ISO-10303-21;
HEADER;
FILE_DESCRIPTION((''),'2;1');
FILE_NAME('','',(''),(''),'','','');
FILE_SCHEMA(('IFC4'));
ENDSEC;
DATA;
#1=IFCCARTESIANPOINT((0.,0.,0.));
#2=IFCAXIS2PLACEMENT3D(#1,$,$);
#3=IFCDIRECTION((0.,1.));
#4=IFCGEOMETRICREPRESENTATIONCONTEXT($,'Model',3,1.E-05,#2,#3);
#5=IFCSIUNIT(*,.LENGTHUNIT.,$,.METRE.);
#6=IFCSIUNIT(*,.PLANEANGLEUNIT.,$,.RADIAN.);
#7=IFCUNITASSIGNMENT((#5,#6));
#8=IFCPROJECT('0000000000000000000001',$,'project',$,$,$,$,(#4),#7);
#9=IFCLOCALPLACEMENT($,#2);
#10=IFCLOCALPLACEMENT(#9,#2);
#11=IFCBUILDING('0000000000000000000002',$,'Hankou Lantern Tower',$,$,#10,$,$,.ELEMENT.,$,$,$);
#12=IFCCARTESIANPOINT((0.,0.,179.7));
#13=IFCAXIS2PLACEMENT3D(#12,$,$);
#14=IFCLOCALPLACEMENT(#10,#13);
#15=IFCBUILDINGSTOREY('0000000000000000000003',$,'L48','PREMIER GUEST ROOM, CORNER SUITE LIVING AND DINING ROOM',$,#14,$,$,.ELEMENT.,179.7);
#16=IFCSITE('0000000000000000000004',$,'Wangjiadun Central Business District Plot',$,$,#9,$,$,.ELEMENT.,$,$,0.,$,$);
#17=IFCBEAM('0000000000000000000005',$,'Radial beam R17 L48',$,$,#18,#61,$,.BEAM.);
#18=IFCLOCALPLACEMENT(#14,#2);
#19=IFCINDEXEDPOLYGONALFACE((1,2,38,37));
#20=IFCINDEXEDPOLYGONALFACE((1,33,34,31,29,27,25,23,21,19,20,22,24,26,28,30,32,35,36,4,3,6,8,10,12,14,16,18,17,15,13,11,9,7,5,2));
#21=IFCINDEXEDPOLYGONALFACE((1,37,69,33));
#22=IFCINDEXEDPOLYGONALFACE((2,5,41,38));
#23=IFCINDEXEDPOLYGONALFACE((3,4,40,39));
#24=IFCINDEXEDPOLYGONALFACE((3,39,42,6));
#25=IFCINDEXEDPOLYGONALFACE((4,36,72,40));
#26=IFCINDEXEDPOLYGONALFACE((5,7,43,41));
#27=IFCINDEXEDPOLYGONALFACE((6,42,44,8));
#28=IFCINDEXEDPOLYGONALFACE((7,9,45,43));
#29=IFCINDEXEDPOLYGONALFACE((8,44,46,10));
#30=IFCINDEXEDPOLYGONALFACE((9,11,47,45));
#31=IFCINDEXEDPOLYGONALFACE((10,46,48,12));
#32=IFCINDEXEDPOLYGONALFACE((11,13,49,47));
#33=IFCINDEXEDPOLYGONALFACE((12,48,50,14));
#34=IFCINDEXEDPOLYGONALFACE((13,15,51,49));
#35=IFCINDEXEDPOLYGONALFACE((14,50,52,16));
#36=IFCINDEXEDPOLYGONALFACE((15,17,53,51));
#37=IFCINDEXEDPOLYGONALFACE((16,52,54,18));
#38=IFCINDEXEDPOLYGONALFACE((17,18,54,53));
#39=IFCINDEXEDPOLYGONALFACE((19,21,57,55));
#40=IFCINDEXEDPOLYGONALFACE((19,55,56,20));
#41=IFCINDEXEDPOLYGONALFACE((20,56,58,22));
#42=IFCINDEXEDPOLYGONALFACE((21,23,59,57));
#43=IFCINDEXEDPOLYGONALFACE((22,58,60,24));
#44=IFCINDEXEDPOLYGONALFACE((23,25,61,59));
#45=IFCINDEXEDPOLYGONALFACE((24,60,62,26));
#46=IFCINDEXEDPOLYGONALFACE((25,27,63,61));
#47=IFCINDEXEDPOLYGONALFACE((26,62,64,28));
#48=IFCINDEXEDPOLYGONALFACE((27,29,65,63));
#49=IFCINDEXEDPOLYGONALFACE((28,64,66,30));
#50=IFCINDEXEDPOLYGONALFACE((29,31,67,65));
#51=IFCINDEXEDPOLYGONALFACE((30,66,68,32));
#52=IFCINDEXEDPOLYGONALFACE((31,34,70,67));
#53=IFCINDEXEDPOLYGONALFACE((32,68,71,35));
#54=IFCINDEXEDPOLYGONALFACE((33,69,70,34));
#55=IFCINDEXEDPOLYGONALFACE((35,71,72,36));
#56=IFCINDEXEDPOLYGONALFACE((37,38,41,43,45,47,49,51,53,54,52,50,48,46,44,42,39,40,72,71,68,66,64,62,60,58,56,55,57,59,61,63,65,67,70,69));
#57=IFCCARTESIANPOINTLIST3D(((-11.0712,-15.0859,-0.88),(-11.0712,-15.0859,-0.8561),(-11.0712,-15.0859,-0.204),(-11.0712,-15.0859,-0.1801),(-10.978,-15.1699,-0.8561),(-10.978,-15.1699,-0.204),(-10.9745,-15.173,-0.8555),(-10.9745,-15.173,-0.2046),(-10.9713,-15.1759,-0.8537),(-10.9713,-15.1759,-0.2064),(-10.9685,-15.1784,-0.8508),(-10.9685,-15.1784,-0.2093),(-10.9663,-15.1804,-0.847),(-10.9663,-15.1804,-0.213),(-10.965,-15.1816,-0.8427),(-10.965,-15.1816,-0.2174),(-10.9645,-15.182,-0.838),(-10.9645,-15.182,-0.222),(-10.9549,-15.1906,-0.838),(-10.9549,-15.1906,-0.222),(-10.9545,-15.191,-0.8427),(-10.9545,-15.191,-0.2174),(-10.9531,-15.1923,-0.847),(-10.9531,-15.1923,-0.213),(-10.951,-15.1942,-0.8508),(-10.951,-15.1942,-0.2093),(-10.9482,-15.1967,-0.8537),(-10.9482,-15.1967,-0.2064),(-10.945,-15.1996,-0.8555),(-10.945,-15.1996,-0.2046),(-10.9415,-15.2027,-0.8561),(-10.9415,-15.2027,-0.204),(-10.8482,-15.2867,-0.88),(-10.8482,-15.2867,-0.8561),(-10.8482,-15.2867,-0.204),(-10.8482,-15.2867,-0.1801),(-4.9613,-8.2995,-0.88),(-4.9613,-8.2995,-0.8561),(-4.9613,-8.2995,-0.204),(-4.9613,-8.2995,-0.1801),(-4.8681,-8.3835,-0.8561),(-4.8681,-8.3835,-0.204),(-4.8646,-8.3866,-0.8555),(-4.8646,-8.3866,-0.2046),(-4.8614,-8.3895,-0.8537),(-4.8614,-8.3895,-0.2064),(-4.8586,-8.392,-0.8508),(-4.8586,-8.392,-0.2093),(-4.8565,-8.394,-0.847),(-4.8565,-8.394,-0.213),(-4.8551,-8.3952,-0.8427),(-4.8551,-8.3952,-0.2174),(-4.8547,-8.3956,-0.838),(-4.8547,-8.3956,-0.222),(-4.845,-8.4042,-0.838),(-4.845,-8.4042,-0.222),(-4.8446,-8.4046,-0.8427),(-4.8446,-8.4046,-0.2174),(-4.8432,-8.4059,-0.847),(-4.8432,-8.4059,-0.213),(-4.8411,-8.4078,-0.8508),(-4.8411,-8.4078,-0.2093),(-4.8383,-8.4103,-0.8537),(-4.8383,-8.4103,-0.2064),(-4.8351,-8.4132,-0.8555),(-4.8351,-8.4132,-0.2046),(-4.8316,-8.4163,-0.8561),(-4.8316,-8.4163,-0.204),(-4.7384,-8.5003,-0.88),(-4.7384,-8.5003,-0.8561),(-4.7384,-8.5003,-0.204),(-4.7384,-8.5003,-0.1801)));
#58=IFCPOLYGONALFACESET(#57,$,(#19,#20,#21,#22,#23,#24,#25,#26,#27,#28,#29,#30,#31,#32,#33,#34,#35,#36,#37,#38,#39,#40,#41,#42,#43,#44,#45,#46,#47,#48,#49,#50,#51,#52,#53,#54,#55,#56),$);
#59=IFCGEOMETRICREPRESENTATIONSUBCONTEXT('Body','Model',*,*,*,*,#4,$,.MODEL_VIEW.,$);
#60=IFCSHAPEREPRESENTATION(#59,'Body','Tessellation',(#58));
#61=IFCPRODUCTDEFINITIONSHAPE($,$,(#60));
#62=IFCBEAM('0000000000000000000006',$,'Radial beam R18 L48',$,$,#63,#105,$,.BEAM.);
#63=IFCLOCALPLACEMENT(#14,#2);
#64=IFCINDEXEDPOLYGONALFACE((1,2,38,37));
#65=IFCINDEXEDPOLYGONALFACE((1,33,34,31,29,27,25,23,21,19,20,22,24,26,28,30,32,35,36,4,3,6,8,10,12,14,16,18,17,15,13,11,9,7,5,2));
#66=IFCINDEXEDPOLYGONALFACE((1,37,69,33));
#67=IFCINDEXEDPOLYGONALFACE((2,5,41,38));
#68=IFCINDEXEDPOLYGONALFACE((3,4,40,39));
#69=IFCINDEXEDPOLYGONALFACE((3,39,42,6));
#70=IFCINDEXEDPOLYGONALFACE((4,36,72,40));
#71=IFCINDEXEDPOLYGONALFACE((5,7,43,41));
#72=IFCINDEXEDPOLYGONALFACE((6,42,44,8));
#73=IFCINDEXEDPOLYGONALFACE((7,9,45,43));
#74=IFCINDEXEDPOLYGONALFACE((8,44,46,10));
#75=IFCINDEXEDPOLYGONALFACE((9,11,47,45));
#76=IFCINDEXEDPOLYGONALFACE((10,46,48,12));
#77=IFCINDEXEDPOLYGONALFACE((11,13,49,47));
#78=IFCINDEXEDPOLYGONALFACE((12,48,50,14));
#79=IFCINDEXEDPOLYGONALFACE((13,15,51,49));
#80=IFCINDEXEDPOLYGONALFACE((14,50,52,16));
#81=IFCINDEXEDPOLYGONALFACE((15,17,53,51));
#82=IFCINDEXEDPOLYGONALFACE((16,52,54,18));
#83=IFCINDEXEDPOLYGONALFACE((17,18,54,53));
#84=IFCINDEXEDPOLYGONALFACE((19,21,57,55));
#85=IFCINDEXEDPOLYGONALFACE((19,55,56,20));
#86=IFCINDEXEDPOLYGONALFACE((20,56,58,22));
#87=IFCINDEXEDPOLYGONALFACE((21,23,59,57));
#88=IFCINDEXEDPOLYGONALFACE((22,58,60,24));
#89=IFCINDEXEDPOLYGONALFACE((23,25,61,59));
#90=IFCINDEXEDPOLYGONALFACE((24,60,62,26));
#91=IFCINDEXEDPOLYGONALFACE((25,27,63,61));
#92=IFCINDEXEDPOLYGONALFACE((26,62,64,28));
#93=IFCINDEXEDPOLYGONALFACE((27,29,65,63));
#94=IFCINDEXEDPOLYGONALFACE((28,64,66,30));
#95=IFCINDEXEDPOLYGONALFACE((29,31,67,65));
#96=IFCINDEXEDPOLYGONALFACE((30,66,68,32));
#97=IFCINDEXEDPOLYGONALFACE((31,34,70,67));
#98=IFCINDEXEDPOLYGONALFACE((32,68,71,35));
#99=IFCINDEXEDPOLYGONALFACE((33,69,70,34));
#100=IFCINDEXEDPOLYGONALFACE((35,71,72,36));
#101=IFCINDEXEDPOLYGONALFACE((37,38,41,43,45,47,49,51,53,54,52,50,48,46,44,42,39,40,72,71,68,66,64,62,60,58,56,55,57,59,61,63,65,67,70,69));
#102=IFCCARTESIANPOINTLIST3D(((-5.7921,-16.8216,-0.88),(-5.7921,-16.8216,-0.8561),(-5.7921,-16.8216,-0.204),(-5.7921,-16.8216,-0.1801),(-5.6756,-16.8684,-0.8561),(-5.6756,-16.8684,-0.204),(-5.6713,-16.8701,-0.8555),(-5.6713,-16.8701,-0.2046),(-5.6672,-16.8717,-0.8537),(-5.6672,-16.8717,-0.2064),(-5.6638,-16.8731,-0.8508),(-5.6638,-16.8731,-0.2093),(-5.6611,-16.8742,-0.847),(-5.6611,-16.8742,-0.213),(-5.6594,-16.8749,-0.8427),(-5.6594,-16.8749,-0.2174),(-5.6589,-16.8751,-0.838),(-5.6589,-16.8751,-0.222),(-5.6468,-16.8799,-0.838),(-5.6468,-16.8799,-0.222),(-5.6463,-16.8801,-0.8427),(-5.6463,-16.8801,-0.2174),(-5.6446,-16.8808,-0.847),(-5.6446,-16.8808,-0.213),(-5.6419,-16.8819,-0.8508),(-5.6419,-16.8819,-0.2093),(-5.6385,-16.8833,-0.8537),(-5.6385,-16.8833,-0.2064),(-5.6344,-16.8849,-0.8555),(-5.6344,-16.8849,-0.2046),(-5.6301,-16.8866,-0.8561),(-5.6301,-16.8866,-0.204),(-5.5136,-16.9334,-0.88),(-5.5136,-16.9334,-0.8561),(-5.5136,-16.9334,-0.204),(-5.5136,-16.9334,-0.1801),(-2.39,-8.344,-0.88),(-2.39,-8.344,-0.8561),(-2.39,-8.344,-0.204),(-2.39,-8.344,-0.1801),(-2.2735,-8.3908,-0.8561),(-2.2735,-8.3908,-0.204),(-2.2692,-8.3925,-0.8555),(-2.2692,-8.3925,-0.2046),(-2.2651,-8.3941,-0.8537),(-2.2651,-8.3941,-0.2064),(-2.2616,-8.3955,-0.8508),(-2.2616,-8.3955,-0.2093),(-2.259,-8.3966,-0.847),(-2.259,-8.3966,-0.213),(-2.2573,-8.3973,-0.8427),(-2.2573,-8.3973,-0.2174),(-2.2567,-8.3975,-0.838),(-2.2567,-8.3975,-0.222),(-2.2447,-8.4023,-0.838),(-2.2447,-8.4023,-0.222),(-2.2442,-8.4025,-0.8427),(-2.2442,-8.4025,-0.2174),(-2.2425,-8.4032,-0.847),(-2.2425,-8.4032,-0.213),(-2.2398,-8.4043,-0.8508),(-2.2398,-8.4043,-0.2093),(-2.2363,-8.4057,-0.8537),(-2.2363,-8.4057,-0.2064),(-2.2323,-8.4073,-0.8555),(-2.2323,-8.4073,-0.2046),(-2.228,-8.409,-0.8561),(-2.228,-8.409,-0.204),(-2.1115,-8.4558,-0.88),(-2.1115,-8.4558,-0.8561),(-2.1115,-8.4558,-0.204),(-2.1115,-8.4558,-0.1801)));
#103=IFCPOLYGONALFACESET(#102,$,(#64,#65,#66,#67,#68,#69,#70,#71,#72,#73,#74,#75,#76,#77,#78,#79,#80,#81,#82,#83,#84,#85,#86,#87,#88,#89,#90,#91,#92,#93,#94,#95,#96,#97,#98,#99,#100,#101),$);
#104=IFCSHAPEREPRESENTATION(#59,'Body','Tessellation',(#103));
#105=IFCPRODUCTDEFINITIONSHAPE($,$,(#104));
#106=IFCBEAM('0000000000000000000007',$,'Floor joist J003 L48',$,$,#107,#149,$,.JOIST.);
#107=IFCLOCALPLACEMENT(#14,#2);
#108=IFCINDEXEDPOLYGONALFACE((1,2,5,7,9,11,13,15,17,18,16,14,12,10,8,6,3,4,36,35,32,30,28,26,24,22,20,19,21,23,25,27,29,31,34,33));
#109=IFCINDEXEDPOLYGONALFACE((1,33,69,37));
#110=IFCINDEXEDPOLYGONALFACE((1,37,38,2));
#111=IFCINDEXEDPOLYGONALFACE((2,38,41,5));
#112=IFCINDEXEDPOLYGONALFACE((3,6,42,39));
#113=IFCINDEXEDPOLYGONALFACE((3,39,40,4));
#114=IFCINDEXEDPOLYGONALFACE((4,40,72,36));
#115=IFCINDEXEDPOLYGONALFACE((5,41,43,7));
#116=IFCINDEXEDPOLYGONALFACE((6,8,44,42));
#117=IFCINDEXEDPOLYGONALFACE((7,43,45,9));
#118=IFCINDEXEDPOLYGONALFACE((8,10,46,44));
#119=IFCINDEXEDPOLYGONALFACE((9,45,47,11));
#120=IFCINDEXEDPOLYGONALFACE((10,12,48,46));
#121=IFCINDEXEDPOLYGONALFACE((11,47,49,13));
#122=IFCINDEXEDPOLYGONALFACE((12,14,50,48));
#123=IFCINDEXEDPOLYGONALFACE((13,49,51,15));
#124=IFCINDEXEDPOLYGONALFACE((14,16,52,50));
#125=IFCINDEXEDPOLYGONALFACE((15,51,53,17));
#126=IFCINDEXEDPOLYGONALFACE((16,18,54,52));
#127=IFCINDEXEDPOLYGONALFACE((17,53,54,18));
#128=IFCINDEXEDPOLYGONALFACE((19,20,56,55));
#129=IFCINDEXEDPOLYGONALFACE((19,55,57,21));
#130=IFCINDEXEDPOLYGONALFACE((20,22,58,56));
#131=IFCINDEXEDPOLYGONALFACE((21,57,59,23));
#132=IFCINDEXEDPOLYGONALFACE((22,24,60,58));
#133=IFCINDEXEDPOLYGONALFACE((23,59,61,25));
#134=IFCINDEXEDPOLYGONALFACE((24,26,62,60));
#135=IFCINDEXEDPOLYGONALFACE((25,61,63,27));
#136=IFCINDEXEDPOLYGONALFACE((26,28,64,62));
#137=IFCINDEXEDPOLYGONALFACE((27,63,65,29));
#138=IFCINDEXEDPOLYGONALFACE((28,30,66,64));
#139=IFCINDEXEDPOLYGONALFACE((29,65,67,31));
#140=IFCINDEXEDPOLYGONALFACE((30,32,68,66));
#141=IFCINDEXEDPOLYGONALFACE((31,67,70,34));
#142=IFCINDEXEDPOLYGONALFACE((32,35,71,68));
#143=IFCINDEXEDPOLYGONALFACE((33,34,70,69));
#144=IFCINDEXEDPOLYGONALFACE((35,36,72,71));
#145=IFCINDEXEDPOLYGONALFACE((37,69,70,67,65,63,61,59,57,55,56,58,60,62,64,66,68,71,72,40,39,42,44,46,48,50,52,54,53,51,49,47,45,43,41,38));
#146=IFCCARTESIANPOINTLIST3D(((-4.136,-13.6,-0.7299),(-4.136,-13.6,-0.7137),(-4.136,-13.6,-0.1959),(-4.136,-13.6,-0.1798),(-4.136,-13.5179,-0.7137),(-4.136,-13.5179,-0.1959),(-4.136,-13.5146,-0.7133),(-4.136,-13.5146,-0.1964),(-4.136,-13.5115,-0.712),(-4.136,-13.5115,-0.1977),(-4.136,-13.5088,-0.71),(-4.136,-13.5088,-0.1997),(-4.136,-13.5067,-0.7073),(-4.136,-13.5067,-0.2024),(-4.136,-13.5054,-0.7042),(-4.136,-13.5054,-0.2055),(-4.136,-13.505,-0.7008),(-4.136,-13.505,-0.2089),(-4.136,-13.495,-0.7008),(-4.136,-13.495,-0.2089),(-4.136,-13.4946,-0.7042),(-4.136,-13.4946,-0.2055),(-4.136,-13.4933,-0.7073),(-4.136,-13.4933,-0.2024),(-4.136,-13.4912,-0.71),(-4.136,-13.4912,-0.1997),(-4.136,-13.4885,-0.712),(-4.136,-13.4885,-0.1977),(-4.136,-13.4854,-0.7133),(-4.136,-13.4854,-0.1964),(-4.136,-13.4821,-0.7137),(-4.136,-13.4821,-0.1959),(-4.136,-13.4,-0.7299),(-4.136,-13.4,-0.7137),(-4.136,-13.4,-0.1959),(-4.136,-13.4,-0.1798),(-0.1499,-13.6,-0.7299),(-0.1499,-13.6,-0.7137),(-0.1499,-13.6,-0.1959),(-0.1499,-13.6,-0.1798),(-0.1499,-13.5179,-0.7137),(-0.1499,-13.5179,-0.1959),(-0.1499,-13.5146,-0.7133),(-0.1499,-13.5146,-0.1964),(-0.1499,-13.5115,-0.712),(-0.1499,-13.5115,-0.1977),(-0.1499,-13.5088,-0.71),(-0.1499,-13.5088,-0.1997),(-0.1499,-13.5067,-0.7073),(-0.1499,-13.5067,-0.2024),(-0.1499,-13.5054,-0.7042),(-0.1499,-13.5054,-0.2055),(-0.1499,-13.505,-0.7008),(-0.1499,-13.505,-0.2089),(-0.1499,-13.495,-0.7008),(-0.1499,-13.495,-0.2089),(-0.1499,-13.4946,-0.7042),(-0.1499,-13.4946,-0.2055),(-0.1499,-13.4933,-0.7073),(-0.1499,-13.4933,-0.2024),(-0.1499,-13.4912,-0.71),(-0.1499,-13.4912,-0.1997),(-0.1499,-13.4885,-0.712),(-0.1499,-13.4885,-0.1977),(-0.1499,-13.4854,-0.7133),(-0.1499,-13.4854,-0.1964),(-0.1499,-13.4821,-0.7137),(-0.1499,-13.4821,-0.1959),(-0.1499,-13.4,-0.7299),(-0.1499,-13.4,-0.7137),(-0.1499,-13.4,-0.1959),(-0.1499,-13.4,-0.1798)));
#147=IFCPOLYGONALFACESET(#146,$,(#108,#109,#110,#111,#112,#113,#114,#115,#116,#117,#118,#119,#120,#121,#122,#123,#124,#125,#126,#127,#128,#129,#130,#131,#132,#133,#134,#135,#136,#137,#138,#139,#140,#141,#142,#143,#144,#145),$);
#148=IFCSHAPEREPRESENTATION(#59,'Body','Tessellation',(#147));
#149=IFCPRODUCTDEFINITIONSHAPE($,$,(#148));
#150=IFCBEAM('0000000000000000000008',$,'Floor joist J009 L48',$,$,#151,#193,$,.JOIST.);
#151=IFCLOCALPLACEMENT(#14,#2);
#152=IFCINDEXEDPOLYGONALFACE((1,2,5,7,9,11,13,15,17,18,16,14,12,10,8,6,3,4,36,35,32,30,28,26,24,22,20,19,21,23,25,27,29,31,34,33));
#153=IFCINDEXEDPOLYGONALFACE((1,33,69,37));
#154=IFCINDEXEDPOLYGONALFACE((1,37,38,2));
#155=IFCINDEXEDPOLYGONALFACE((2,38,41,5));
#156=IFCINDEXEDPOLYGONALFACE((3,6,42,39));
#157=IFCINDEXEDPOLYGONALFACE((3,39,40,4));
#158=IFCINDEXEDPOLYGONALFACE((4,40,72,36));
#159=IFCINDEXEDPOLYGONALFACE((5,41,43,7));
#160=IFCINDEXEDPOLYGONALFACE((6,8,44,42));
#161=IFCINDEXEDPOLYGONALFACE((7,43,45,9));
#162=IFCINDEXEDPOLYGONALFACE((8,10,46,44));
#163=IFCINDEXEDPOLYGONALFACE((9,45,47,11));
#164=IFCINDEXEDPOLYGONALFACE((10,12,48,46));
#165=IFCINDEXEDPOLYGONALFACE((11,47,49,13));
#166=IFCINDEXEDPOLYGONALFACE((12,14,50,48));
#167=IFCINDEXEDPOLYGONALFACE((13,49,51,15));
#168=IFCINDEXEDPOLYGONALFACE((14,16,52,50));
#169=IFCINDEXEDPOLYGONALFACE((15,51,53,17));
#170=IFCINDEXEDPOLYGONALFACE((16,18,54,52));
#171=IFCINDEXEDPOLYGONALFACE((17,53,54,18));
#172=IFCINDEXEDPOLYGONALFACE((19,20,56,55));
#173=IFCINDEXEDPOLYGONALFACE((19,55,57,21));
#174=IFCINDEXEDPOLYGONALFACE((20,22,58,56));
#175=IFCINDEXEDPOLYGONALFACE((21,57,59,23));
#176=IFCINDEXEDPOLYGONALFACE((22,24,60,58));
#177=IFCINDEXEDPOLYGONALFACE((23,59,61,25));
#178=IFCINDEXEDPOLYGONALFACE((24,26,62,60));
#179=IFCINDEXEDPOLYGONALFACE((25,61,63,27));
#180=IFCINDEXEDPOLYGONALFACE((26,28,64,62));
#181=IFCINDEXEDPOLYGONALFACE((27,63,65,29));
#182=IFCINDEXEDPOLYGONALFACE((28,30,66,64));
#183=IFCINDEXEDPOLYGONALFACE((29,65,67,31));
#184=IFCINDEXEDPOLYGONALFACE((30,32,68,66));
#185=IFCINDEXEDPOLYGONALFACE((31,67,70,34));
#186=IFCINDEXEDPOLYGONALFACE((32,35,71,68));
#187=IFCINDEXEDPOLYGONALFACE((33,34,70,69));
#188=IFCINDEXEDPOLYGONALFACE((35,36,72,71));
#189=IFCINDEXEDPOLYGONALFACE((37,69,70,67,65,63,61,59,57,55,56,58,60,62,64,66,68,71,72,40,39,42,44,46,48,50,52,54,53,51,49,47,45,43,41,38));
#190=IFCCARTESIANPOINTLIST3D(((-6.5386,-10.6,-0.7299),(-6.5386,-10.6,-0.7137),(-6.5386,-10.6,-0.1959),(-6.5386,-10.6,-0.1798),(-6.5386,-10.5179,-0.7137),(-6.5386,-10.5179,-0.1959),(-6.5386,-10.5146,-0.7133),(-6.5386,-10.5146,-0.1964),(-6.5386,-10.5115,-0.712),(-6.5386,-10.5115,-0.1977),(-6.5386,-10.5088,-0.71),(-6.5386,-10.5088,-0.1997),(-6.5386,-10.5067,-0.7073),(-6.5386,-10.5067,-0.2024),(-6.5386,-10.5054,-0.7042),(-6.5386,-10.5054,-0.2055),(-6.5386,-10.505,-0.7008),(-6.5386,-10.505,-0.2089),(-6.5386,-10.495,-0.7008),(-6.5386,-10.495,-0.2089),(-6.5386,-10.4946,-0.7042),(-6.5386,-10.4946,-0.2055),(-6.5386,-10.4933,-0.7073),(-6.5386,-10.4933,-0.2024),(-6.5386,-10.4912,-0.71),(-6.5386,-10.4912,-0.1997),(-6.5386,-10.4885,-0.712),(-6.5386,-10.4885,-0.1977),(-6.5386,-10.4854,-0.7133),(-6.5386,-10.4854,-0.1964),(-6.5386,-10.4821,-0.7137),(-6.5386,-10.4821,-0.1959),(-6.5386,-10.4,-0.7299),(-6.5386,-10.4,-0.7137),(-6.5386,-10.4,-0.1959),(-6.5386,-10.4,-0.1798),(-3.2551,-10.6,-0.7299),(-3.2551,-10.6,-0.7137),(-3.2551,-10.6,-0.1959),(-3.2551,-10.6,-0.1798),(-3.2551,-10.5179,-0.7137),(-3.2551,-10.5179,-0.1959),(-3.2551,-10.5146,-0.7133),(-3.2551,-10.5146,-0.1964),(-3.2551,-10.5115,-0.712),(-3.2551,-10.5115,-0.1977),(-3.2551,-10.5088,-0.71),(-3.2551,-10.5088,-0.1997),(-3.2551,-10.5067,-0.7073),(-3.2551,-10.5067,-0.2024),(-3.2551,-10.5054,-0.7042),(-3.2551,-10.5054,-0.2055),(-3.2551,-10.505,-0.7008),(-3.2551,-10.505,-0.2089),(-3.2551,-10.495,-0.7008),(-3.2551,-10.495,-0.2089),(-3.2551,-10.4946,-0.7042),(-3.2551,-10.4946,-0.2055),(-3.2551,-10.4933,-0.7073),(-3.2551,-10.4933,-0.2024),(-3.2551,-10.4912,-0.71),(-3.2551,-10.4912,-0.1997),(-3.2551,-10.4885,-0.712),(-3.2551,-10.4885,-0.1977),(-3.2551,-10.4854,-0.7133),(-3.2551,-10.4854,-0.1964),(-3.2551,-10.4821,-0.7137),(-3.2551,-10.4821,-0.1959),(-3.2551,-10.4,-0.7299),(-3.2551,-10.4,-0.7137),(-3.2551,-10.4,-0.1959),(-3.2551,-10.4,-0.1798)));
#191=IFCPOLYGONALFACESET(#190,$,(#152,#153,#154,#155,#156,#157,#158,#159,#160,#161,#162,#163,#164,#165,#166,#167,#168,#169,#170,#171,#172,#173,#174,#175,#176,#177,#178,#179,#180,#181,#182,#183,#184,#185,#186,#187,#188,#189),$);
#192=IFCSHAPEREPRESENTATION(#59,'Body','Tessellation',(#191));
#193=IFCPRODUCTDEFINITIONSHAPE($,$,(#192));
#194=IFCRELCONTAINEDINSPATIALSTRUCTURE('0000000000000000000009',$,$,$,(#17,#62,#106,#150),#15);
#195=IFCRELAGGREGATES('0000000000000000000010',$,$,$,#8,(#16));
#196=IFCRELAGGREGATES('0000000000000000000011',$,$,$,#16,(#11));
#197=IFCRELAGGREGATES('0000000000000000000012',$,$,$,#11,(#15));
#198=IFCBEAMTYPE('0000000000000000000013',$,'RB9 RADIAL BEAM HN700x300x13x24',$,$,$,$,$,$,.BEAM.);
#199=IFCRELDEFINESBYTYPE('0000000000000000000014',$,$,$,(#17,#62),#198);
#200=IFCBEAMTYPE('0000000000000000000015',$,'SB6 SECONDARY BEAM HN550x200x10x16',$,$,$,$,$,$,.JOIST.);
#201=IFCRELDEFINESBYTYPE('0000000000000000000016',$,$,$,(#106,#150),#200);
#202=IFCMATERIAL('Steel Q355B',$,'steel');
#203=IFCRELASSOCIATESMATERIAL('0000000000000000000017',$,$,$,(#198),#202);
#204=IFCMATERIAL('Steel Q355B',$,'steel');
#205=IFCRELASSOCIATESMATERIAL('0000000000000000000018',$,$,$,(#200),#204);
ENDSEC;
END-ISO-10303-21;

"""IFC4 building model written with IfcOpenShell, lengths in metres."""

from ifc_helpers import new_model, si_unit, direction, frame, origin, origin_2d, place, context, subcontext, project, spatial, i_section, extrude, material, material_profile, profile_set, type_object, element, save


model = new_model("IFC4")

# Units and contexts
model_context = context("Model", 3, precision=1e-05, world=origin(), true_north=direction((0.0, 1.0)))
body_context = subcontext(model_context, "Body", "Model", "MODEL_VIEW")
ifc_project = project(units=[si_unit("LENGTHUNIT", "METRE"), si_unit("PLANEANGLEUNIT", "RADIAN")], contexts=[model_context])

# Site, building, storey
site_placement = place(None, origin())
site = spatial("IfcSite", under=ifc_project, at=site_placement, Name="Wangjiadun Central Business District Plot", CompositionType="ELEMENT", RefElevation=0.0)
building_placement = place(site_placement, origin())
building = spatial("IfcBuilding", under=site, at=building_placement, Name="Hankou Lantern Tower", CompositionType="ELEMENT")
storey_placement = place(building_placement, frame((0.0, 0.0, 179.7)))
storey = spatial("IfcBuildingStorey", under=building, at=storey_placement, Name="L48", Description="PREMIER GUEST ROOM, CORNER SUITE LIVING AND DINING ROOM", CompositionType="ELEMENT", Elevation=179.7)

# Beams
ifc_material_1 = material(Name="Steel Q355B", Category="steel")
ifc_material_profile_1 = material_profile(ifc_material_1, i_section(OverallWidth=0.3, OverallDepth=0.7, WebThickness=0.0129, FlangeThickness=0.0239, FilletRadius=0.0181, at=origin_2d()), Name="HN700x300x13x24")
ifc_profile_set_1 = profile_set([ifc_material_profile_1], Name="Steel Q355B")
beam_type_1 = type_object("IfcBeamType", Name="RB9 RADIAL BEAM HN700x300x13x24", PredefinedType="BEAM", material=ifc_profile_set_1)
beam_1_placement = place(storey_placement, frame((-4.8499, -8.3999, -0.53), z_axis=(-0.669093, -0.743178, 0.0), x_axis=(0.743178, -0.669093, 0.0)))
element("IfcBeam", 1, at=beam_1_placement, inside=storey, type_object=beam_type_1, Name="Radial beam R17 L48", PredefinedType="BEAM", context=body_context, shape_type="SweptSolid", body=[
    extrude(i_section(OverallWidth=0.3, OverallDepth=0.7, WebThickness=0.0129, FlangeThickness=0.0239, FilletRadius=0.0181, at=origin_2d()), origin(), (0.0, 0.0, 1.0), 9.1316),
])
beam_2_placement = place(storey_placement, frame((-2.2507, -8.3999, -0.53), z_axis=(-0.372436, -0.928058, 0.0), x_axis=(0.928058, -0.372436, 0.0)))
element("IfcBeam", 2, at=beam_2_placement, inside=storey, type_object=beam_type_1, Name="Radial beam R18 L48", PredefinedType="BEAM", context=body_context, shape_type="SweptSolid", body=[
    extrude(i_section(OverallWidth=0.3, OverallDepth=0.7, WebThickness=0.0129, FlangeThickness=0.0239, FilletRadius=0.0181, at=origin_2d()), origin(), (0.0, 0.0, 1.0), 9.1348),
])
ifc_material_2 = material(Name="Steel Q355B", Category="steel")
ifc_material_profile_2 = material_profile(ifc_material_2, i_section(OverallWidth=0.2, OverallDepth=0.55, WebThickness=0.01, FlangeThickness=0.0161, FilletRadius=0.0129, at=origin_2d()), Name="HN550x200x10x16")
ifc_profile_set_2 = profile_set([ifc_material_profile_2], Name="Steel Q355B")
beam_type_2 = type_object("IfcBeamType", Name="SB6 SECONDARY BEAM HN550x200x10x16", PredefinedType="JOIST", material=ifc_profile_set_2)
beam_3_placement = place(storey_placement, frame((-4.136, -13.5, -0.4548), z_axis=(1.0, 0.0, 0.0), x_axis=(0.0, 1.0, 0.0)))
element("IfcBeam", 3, at=beam_3_placement, inside=storey, type_object=beam_type_2, Name="Floor joist J003 L48", PredefinedType="JOIST", context=body_context, shape_type="SweptSolid", body=[
    extrude(i_section(OverallWidth=0.2, OverallDepth=0.55, WebThickness=0.01, FlangeThickness=0.0161, FilletRadius=0.0129, at=origin_2d()), origin(), (0.0, 0.0, 1.0), 3.9861),
])
beam_4_placement = place(storey_placement, frame((-6.5386, -10.5, -0.4548), z_axis=(1.0, 0.0, 0.0), x_axis=(0.0, 1.0, 0.0)))
element("IfcBeam", 4, at=beam_4_placement, inside=storey, type_object=beam_type_2, Name="Floor joist J009 L48", PredefinedType="JOIST", context=body_context, shape_type="SweptSolid", body=[
    extrude(i_section(OverallWidth=0.2, OverallDepth=0.55, WebThickness=0.01, FlangeThickness=0.0161, FilletRadius=0.0129, at=origin_2d()), origin(), (0.0, 0.0, 1.0), 3.2834),
])

save(model, "model.ifc")
